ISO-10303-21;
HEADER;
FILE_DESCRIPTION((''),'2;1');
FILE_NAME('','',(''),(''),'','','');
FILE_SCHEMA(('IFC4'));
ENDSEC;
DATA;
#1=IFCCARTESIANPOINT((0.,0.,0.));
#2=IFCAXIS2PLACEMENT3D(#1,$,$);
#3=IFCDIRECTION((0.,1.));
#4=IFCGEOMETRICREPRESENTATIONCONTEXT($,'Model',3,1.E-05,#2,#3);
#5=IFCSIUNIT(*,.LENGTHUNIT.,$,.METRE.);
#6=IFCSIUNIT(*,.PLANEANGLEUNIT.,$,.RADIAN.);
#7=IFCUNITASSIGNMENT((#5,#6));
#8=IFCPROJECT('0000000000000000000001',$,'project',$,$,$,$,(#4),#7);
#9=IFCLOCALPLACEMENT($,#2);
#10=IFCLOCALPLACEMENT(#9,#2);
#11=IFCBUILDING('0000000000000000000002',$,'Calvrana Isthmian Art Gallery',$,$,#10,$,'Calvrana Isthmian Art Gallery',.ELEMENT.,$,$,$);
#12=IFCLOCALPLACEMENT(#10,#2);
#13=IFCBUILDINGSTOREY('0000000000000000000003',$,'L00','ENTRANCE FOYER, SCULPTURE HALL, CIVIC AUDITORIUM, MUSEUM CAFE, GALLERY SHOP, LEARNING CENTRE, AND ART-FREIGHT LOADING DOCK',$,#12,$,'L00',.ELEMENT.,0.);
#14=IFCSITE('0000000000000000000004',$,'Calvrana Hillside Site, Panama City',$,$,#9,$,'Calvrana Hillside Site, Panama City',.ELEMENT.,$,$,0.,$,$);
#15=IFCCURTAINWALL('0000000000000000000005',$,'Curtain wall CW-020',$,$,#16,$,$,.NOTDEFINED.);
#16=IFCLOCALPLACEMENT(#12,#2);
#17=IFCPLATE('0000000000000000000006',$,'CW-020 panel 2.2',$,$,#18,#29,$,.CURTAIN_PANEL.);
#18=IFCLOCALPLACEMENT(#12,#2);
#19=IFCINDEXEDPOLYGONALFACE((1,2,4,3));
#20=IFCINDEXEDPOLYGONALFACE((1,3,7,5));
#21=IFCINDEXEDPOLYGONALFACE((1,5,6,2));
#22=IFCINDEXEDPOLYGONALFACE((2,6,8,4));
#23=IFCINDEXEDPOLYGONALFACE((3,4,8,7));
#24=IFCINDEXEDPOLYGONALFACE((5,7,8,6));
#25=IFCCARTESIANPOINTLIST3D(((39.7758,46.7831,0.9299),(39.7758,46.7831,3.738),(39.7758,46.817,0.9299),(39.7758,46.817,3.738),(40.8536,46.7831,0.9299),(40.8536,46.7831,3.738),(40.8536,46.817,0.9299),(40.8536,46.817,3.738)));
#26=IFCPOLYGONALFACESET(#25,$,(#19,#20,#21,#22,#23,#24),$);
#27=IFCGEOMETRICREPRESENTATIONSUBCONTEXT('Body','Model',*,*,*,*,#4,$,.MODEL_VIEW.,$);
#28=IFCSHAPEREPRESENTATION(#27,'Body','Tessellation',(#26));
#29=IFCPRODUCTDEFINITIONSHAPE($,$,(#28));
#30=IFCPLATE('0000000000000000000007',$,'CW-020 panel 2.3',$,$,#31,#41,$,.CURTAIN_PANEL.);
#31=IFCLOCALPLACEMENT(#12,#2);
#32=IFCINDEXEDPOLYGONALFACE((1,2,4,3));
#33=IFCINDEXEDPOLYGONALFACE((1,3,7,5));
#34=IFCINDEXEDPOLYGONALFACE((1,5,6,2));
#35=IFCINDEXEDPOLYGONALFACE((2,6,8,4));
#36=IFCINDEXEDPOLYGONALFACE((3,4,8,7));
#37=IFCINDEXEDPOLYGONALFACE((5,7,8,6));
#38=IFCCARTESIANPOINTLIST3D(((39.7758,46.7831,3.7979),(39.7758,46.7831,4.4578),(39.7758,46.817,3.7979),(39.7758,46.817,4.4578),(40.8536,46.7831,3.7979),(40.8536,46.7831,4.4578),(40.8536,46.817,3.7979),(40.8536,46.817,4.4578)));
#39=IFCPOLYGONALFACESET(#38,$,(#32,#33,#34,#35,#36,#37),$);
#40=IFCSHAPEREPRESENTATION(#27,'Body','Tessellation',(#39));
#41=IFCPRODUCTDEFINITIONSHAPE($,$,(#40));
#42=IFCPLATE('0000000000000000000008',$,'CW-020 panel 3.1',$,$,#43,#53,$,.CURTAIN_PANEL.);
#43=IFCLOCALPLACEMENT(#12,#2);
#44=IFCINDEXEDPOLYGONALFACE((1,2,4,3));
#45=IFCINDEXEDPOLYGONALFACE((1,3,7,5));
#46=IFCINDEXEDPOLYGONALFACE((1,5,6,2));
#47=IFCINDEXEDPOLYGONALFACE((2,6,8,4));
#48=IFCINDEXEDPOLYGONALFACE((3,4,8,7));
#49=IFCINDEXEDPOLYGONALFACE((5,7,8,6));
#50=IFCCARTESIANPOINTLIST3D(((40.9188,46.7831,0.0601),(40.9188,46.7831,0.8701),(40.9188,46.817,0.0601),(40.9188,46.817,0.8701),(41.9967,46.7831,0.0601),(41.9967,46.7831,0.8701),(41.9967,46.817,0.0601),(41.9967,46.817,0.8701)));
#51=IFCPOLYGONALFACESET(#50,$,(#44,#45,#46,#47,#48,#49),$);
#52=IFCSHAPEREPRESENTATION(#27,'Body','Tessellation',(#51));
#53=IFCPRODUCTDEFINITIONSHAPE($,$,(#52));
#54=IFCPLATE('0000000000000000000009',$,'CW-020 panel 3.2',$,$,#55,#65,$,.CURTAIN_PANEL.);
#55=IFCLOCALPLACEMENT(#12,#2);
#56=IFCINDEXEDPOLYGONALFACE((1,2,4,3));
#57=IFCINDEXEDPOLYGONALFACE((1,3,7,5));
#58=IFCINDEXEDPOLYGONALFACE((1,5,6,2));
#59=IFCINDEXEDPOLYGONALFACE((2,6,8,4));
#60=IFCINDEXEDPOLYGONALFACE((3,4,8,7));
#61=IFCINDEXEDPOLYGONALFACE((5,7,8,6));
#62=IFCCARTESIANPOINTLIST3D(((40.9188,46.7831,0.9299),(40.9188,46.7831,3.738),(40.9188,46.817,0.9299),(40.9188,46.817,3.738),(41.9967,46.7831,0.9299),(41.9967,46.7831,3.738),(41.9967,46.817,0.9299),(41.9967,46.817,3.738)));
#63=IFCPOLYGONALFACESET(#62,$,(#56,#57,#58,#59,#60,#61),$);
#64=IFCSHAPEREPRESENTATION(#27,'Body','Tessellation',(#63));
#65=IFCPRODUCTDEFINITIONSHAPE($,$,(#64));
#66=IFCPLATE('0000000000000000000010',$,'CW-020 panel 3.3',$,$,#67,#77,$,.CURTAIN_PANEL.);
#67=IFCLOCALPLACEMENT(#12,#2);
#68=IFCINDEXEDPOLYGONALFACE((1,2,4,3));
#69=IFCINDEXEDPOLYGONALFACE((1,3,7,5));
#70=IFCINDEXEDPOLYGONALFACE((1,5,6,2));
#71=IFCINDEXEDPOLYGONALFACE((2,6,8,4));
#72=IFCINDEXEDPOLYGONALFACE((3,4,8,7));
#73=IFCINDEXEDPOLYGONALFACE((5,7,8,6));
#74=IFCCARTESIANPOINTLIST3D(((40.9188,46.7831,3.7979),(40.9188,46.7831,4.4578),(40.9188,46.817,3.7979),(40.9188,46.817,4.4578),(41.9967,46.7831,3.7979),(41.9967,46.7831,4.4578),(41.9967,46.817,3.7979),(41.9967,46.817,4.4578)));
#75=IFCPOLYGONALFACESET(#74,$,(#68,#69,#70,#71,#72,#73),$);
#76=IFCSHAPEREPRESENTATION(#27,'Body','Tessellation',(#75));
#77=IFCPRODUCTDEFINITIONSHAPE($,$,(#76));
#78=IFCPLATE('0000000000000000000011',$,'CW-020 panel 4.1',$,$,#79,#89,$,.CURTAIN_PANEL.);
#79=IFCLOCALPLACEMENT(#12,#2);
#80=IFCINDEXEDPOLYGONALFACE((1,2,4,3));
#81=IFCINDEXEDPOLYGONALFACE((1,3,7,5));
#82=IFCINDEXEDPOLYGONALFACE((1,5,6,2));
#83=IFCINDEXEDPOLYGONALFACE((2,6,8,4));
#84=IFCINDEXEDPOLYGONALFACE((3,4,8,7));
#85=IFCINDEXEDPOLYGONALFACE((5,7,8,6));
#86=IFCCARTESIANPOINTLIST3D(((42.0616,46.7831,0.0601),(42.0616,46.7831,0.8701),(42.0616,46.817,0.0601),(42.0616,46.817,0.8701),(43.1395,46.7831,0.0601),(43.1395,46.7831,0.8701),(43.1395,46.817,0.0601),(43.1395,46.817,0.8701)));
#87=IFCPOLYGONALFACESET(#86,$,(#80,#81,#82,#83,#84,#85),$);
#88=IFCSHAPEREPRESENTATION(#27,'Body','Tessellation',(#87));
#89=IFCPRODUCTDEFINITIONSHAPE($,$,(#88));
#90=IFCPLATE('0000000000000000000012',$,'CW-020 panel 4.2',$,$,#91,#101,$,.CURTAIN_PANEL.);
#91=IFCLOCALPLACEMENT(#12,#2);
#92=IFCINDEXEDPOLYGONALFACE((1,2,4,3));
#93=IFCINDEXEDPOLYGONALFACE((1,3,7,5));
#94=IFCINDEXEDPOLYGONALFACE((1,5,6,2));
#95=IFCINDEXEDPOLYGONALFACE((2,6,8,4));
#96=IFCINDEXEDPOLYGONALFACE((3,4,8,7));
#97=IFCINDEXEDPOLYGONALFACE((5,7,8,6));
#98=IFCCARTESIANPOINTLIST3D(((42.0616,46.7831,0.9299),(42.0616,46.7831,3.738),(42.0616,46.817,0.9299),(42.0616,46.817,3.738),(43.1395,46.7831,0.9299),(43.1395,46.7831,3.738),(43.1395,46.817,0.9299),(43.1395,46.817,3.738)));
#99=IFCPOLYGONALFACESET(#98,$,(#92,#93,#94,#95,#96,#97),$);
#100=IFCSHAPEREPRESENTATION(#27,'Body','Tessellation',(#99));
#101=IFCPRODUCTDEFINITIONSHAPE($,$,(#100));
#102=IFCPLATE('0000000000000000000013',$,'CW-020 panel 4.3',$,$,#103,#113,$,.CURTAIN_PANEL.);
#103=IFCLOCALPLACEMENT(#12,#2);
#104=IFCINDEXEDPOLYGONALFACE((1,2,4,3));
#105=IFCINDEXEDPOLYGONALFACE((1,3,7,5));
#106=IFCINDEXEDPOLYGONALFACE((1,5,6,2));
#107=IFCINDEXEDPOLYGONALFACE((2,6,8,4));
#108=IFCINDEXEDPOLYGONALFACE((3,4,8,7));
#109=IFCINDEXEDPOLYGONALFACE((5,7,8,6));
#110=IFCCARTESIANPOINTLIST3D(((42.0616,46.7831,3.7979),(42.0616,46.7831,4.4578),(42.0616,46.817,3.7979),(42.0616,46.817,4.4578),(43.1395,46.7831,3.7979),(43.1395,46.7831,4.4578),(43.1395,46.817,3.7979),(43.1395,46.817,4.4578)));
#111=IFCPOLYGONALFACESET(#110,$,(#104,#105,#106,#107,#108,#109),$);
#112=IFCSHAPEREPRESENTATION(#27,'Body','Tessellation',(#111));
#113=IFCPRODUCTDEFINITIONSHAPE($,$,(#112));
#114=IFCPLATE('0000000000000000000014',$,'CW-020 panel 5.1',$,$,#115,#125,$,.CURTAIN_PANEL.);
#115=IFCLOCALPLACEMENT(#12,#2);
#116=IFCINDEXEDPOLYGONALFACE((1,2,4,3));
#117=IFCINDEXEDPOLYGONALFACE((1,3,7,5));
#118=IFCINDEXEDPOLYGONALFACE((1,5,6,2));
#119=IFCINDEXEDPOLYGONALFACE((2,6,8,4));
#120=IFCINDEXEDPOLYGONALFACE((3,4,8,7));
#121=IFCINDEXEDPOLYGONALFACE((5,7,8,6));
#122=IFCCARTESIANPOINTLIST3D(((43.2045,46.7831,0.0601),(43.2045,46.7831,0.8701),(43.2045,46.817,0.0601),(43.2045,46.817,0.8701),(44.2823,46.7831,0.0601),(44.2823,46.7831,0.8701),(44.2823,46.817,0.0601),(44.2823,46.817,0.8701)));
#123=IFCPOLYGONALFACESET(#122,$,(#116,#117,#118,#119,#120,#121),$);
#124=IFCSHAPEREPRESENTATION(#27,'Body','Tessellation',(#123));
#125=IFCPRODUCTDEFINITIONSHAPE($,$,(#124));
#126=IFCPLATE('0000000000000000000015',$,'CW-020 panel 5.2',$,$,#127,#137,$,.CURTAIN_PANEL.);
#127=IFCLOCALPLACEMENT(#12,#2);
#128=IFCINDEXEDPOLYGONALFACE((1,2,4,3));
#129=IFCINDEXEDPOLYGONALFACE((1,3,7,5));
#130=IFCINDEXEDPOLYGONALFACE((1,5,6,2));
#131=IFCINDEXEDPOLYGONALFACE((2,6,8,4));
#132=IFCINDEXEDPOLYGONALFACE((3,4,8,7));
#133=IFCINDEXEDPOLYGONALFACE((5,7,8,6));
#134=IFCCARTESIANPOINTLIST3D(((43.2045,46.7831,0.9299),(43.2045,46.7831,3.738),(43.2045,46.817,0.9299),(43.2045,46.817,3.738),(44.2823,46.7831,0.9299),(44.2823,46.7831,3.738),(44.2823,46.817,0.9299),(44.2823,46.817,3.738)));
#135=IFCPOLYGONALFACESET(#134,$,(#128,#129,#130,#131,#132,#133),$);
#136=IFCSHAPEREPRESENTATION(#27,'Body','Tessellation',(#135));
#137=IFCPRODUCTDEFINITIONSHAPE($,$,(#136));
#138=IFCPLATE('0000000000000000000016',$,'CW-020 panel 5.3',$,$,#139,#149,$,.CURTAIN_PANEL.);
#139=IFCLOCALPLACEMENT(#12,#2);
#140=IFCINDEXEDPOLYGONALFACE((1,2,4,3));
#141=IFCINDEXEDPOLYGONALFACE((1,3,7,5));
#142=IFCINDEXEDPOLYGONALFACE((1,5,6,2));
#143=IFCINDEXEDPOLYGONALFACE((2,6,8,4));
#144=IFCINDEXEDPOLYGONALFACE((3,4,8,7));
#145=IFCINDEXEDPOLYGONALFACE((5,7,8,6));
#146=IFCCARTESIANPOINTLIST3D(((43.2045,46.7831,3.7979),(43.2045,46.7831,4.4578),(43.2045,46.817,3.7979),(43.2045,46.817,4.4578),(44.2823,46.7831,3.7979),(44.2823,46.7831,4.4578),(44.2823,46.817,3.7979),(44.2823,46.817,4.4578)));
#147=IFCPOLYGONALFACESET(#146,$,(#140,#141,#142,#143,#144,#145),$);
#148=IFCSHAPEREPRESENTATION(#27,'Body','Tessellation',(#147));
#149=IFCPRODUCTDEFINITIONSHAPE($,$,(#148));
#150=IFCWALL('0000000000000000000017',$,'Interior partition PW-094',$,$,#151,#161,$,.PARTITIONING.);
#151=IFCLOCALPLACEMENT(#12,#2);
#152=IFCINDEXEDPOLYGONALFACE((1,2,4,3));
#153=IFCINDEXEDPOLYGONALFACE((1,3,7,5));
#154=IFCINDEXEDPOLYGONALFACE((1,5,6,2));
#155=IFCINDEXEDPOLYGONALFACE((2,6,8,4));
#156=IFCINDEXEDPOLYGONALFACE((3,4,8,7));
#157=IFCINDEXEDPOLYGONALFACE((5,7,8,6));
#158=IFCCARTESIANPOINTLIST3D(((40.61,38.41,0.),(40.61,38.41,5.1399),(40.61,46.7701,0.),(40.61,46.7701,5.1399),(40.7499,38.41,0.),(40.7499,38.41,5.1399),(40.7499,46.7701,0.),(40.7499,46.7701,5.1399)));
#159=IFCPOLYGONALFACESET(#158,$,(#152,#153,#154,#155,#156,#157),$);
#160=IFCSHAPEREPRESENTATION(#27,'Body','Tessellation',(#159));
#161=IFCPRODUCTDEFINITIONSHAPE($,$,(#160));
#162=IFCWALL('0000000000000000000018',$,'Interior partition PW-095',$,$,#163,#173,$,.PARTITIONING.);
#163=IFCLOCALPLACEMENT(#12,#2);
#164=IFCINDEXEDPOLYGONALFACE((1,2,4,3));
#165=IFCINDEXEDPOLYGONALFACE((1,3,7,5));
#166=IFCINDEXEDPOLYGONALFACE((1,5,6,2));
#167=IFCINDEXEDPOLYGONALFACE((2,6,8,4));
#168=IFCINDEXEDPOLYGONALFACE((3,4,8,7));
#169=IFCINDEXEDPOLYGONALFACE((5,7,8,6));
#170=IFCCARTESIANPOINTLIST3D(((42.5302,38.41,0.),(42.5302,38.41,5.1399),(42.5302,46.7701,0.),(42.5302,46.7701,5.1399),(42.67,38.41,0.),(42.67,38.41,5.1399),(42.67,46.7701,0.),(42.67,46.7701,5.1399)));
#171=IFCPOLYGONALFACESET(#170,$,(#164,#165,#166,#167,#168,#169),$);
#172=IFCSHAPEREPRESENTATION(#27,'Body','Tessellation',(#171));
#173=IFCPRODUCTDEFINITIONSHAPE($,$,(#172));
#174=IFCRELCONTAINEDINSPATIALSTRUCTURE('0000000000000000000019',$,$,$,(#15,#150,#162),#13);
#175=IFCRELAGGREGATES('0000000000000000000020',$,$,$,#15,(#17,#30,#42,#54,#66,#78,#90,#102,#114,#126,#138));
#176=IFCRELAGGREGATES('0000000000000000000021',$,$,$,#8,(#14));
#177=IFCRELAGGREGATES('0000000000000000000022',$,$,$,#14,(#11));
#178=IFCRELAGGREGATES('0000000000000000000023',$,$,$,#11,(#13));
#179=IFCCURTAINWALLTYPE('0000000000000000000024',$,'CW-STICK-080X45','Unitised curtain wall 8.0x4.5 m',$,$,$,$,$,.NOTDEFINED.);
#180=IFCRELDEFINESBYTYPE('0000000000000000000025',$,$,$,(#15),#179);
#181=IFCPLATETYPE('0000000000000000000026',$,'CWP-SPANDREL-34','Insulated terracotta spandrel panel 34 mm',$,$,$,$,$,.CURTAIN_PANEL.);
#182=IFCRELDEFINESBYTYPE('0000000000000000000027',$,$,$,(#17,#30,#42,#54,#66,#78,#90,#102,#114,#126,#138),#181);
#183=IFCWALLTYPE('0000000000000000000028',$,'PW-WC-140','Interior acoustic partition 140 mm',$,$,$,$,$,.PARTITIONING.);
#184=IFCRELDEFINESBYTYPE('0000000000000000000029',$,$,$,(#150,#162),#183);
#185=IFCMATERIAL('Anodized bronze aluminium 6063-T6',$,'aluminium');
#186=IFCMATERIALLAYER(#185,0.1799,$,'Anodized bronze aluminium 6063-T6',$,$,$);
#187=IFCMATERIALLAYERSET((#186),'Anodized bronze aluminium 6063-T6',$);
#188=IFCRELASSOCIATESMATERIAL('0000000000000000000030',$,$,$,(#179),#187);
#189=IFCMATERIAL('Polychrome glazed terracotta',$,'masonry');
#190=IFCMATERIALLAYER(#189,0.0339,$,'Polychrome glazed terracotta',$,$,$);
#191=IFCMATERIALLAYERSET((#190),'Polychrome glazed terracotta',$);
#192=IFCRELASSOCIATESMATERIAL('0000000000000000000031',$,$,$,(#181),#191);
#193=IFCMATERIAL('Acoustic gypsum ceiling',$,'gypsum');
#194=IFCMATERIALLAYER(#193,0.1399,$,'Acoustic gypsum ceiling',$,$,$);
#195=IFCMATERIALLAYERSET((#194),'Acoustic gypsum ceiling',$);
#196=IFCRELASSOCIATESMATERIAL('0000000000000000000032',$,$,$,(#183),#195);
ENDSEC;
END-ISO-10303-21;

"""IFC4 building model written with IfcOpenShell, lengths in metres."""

from ifc_helpers import new_model, si_unit, direction, frame, frame_2d, origin, origin_2d, place, context, subcontext, project, spatial, rectangle, extrude, material, layer, layer_set, type_object, element, aggregate, save


model = new_model("IFC4")

# Units and contexts
model_context = context("Model", 3, precision=1e-05, world=origin(), true_north=direction((0.0, 1.0)))
body_context = subcontext(model_context, "Body", "Model", "MODEL_VIEW")
ifc_project = project(units=[si_unit("LENGTHUNIT", "METRE"), si_unit("PLANEANGLEUNIT", "RADIAN")], contexts=[model_context])

# Site, building, storey
site_placement = place(None, origin())
site = spatial("IfcSite", under=ifc_project, at=site_placement, Name="Calvrana Hillside Site, Panama City", LongName="Calvrana Hillside Site, Panama City", CompositionType="ELEMENT", RefElevation=0.0)
building_placement = place(site_placement, origin())
building = spatial("IfcBuilding", under=site, at=building_placement, Name="Calvrana Isthmian Art Gallery", LongName="Calvrana Isthmian Art Gallery", CompositionType="ELEMENT")
storey_placement = place(building_placement, origin())
storey = spatial("IfcBuildingStorey", under=building, at=storey_placement, Name="L00", Description="ENTRANCE FOYER, SCULPTURE HALL, CIVIC AUDITORIUM, MUSEUM CAFE, GALLERY SHOP, LEARNING CENTRE, AND ART-FREIGHT LOADING DOCK", LongName="L00", CompositionType="ELEMENT", Elevation=0.0)

# Curtain wall, plates
ifc_material_1 = material(Name="Anodized bronze aluminium 6063-T6", Category="aluminium")
ifc_layer_1 = layer(ifc_material_1, 0.1799, Name="Anodized bronze aluminium 6063-T6")
ifc_layer_set_1 = layer_set([ifc_layer_1], Name="Anodized bronze aluminium 6063-T6")
curtain_wall_type = type_object("IfcCurtainWallType", Name="CW-STICK-080X45", Description="Unitised curtain wall 8.0x4.5 m", PredefinedType="NOTDEFINED", material=ifc_layer_set_1)
curtain_wall_placement = place(storey_placement, origin())
curtain_wall = element("IfcCurtainWall", 1, at=curtain_wall_placement, inside=storey, type_object=curtain_wall_type, Name="Curtain wall CW-020", PredefinedType="NOTDEFINED")
ifc_material_2 = material(Name="Polychrome glazed terracotta", Category="masonry")
ifc_layer_2 = layer(ifc_material_2, 0.0339, Name="Polychrome glazed terracotta")
ifc_layer_set_2 = layer_set([ifc_layer_2], Name="Polychrome glazed terracotta")
plate_type = type_object("IfcPlateType", Name="CWP-SPANDREL-34", Description="Insulated terracotta spandrel panel 34 mm", PredefinedType="CURTAIN_PANEL", material=ifc_layer_set_2)
plate_1_placement = place(storey_placement, frame((40.3147, 46.8, 0.9299), z_axis=(0.0, 0.0, 1.0), x_axis=(1.0, 0.0, 0.0)))
plate_1 = element("IfcPlate", 2, at=plate_1_placement, type_object=plate_type, Name="CW-020 panel 2.2", PredefinedType="CURTAIN_PANEL", context=body_context, shape_type="SweptSolid", body=[
    extrude(rectangle(XDim=1.0779, YDim=0.0339, at=origin_2d()), origin(), (0.0, 0.0, 1.0), 2.8081),
])
plate_2_placement = place(storey_placement, frame((40.3147, 46.8, 3.7979), z_axis=(0.0, 0.0, 1.0), x_axis=(1.0, 0.0, 0.0)))
plate_2 = element("IfcPlate", 3, at=plate_2_placement, type_object=plate_type, Name="CW-020 panel 2.3", PredefinedType="CURTAIN_PANEL", context=body_context, shape_type="SweptSolid", body=[
    extrude(rectangle(XDim=1.0779, YDim=0.0339, at=origin_2d()), origin(), (0.0, 0.0, 1.0), 0.6599),
])
plate_3_placement = place(storey_placement, frame((41.4578, 46.8, 0.0601), z_axis=(0.0, 0.0, 1.0), x_axis=(1.0, 0.0, 0.0)))
plate_3 = element("IfcPlate", 4, at=plate_3_placement, type_object=plate_type, Name="CW-020 panel 3.1", PredefinedType="CURTAIN_PANEL", context=body_context, shape_type="SweptSolid", body=[
    extrude(rectangle(XDim=1.0779, YDim=0.0339, at=origin_2d()), origin(), (0.0, 0.0, 1.0), 0.8101),
])
plate_4_placement = place(storey_placement, frame((41.4578, 46.8, 0.9299), z_axis=(0.0, 0.0, 1.0), x_axis=(1.0, 0.0, 0.0)))
plate_4 = element("IfcPlate", 5, at=plate_4_placement, type_object=plate_type, Name="CW-020 panel 3.2", PredefinedType="CURTAIN_PANEL", context=body_context, shape_type="SweptSolid", body=[
    extrude(rectangle(XDim=1.0779, YDim=0.0339, at=origin_2d()), origin(), (0.0, 0.0, 1.0), 2.8081),
])
plate_5_placement = place(storey_placement, frame((41.4578, 46.8, 3.7979), z_axis=(0.0, 0.0, 1.0), x_axis=(1.0, 0.0, 0.0)))
plate_5 = element("IfcPlate", 6, at=plate_5_placement, type_object=plate_type, Name="CW-020 panel 3.3", PredefinedType="CURTAIN_PANEL", context=body_context, shape_type="SweptSolid", body=[
    extrude(rectangle(XDim=1.0779, YDim=0.0339, at=origin_2d()), origin(), (0.0, 0.0, 1.0), 0.6599),
])
plate_6_placement = place(storey_placement, frame((42.6006, 46.8, 0.0601), z_axis=(0.0, 0.0, 1.0), x_axis=(1.0, 0.0, 0.0)))
plate_6 = element("IfcPlate", 7, at=plate_6_placement, type_object=plate_type, Name="CW-020 panel 4.1", PredefinedType="CURTAIN_PANEL", context=body_context, shape_type="SweptSolid", body=[
    extrude(rectangle(XDim=1.0779, YDim=0.0339, at=origin_2d()), origin(), (0.0, 0.0, 1.0), 0.8101),
])
plate_7_placement = place(storey_placement, frame((42.6006, 46.8, 0.9299), z_axis=(0.0, 0.0, 1.0), x_axis=(1.0, 0.0, 0.0)))
plate_7 = element("IfcPlate", 8, at=plate_7_placement, type_object=plate_type, Name="CW-020 panel 4.2", PredefinedType="CURTAIN_PANEL", context=body_context, shape_type="SweptSolid", body=[
    extrude(rectangle(XDim=1.0779, YDim=0.0339, at=origin_2d()), origin(), (0.0, 0.0, 1.0), 2.8081),
])
plate_8_placement = place(storey_placement, frame((42.6006, 46.8, 3.7979), z_axis=(0.0, 0.0, 1.0), x_axis=(1.0, 0.0, 0.0)))
plate_8 = element("IfcPlate", 9, at=plate_8_placement, type_object=plate_type, Name="CW-020 panel 4.3", PredefinedType="CURTAIN_PANEL", context=body_context, shape_type="SweptSolid", body=[
    extrude(rectangle(XDim=1.0779, YDim=0.0339, at=origin_2d()), origin(), (0.0, 0.0, 1.0), 0.6599),
])
plate_9_placement = place(storey_placement, frame((43.7434, 46.8, 0.0601), z_axis=(0.0, 0.0, 1.0), x_axis=(1.0, 0.0, 0.0)))
plate_9 = element("IfcPlate", 10, at=plate_9_placement, type_object=plate_type, Name="CW-020 panel 5.1", PredefinedType="CURTAIN_PANEL", context=body_context, shape_type="SweptSolid", body=[
    extrude(rectangle(XDim=1.0779, YDim=0.0339, at=origin_2d()), origin(), (0.0, 0.0, 1.0), 0.8101),
])
plate_10_placement = place(storey_placement, frame((43.7434, 46.8, 0.9299), z_axis=(0.0, 0.0, 1.0), x_axis=(1.0, 0.0, 0.0)))
plate_10 = element("IfcPlate", 11, at=plate_10_placement, type_object=plate_type, Name="CW-020 panel 5.2", PredefinedType="CURTAIN_PANEL", context=body_context, shape_type="SweptSolid", body=[
    extrude(rectangle(XDim=1.0779, YDim=0.0339, at=origin_2d()), origin(), (0.0, 0.0, 1.0), 2.8081),
])
plate_11_placement = place(storey_placement, frame((43.7434, 46.8, 3.7979), z_axis=(0.0, 0.0, 1.0), x_axis=(1.0, 0.0, 0.0)))
plate_11 = element("IfcPlate", 12, at=plate_11_placement, type_object=plate_type, Name="CW-020 panel 5.3", PredefinedType="CURTAIN_PANEL", context=body_context, shape_type="SweptSolid", body=[
    extrude(rectangle(XDim=1.0779, YDim=0.0339, at=origin_2d()), origin(), (0.0, 0.0, 1.0), 0.6599),
])
aggregate(curtain_wall, [plate_1, plate_2, plate_3, plate_4, plate_5, plate_6, plate_7, plate_8, plate_9, plate_10, plate_11])

# Walls
ifc_material_3 = material(Name="Acoustic gypsum ceiling", Category="gypsum")
ifc_layer_3 = layer(ifc_material_3, 0.1399, Name="Acoustic gypsum ceiling")
ifc_layer_set_3 = layer_set([ifc_layer_3], Name="Acoustic gypsum ceiling")
wall_type = type_object("IfcWallType", Name="PW-WC-140", Description="Interior acoustic partition 140 mm", PredefinedType="PARTITIONING", material=ifc_layer_set_3)
for number, where, z_axis, x_axis, name in (
    (13, (40.6799, 38.4099, 0.0), (0.0, 0.0, 1.0), (0.0, 1.0, 0.0), "Interior partition PW-094"),
    (14, (42.6001, 38.4099, 0.0), (0.0, 0.0, 1.0), (0.0, 1.0, 0.0), "Interior partition PW-095"),
):
    element("IfcWall", number, at=place(storey_placement, frame(where, z_axis=z_axis, x_axis=x_axis)), inside=storey, type_object=wall_type, Name=name, PredefinedType="PARTITIONING", context=body_context, shape_type="SweptSolid", body=[
        extrude(rectangle(XDim=8.3601, YDim=0.1399, at=frame_2d((4.1802, 0.0))), origin(), (0.0, 0.0, 1.0), 5.1399),
    ])

save(model, "model.ifc")
